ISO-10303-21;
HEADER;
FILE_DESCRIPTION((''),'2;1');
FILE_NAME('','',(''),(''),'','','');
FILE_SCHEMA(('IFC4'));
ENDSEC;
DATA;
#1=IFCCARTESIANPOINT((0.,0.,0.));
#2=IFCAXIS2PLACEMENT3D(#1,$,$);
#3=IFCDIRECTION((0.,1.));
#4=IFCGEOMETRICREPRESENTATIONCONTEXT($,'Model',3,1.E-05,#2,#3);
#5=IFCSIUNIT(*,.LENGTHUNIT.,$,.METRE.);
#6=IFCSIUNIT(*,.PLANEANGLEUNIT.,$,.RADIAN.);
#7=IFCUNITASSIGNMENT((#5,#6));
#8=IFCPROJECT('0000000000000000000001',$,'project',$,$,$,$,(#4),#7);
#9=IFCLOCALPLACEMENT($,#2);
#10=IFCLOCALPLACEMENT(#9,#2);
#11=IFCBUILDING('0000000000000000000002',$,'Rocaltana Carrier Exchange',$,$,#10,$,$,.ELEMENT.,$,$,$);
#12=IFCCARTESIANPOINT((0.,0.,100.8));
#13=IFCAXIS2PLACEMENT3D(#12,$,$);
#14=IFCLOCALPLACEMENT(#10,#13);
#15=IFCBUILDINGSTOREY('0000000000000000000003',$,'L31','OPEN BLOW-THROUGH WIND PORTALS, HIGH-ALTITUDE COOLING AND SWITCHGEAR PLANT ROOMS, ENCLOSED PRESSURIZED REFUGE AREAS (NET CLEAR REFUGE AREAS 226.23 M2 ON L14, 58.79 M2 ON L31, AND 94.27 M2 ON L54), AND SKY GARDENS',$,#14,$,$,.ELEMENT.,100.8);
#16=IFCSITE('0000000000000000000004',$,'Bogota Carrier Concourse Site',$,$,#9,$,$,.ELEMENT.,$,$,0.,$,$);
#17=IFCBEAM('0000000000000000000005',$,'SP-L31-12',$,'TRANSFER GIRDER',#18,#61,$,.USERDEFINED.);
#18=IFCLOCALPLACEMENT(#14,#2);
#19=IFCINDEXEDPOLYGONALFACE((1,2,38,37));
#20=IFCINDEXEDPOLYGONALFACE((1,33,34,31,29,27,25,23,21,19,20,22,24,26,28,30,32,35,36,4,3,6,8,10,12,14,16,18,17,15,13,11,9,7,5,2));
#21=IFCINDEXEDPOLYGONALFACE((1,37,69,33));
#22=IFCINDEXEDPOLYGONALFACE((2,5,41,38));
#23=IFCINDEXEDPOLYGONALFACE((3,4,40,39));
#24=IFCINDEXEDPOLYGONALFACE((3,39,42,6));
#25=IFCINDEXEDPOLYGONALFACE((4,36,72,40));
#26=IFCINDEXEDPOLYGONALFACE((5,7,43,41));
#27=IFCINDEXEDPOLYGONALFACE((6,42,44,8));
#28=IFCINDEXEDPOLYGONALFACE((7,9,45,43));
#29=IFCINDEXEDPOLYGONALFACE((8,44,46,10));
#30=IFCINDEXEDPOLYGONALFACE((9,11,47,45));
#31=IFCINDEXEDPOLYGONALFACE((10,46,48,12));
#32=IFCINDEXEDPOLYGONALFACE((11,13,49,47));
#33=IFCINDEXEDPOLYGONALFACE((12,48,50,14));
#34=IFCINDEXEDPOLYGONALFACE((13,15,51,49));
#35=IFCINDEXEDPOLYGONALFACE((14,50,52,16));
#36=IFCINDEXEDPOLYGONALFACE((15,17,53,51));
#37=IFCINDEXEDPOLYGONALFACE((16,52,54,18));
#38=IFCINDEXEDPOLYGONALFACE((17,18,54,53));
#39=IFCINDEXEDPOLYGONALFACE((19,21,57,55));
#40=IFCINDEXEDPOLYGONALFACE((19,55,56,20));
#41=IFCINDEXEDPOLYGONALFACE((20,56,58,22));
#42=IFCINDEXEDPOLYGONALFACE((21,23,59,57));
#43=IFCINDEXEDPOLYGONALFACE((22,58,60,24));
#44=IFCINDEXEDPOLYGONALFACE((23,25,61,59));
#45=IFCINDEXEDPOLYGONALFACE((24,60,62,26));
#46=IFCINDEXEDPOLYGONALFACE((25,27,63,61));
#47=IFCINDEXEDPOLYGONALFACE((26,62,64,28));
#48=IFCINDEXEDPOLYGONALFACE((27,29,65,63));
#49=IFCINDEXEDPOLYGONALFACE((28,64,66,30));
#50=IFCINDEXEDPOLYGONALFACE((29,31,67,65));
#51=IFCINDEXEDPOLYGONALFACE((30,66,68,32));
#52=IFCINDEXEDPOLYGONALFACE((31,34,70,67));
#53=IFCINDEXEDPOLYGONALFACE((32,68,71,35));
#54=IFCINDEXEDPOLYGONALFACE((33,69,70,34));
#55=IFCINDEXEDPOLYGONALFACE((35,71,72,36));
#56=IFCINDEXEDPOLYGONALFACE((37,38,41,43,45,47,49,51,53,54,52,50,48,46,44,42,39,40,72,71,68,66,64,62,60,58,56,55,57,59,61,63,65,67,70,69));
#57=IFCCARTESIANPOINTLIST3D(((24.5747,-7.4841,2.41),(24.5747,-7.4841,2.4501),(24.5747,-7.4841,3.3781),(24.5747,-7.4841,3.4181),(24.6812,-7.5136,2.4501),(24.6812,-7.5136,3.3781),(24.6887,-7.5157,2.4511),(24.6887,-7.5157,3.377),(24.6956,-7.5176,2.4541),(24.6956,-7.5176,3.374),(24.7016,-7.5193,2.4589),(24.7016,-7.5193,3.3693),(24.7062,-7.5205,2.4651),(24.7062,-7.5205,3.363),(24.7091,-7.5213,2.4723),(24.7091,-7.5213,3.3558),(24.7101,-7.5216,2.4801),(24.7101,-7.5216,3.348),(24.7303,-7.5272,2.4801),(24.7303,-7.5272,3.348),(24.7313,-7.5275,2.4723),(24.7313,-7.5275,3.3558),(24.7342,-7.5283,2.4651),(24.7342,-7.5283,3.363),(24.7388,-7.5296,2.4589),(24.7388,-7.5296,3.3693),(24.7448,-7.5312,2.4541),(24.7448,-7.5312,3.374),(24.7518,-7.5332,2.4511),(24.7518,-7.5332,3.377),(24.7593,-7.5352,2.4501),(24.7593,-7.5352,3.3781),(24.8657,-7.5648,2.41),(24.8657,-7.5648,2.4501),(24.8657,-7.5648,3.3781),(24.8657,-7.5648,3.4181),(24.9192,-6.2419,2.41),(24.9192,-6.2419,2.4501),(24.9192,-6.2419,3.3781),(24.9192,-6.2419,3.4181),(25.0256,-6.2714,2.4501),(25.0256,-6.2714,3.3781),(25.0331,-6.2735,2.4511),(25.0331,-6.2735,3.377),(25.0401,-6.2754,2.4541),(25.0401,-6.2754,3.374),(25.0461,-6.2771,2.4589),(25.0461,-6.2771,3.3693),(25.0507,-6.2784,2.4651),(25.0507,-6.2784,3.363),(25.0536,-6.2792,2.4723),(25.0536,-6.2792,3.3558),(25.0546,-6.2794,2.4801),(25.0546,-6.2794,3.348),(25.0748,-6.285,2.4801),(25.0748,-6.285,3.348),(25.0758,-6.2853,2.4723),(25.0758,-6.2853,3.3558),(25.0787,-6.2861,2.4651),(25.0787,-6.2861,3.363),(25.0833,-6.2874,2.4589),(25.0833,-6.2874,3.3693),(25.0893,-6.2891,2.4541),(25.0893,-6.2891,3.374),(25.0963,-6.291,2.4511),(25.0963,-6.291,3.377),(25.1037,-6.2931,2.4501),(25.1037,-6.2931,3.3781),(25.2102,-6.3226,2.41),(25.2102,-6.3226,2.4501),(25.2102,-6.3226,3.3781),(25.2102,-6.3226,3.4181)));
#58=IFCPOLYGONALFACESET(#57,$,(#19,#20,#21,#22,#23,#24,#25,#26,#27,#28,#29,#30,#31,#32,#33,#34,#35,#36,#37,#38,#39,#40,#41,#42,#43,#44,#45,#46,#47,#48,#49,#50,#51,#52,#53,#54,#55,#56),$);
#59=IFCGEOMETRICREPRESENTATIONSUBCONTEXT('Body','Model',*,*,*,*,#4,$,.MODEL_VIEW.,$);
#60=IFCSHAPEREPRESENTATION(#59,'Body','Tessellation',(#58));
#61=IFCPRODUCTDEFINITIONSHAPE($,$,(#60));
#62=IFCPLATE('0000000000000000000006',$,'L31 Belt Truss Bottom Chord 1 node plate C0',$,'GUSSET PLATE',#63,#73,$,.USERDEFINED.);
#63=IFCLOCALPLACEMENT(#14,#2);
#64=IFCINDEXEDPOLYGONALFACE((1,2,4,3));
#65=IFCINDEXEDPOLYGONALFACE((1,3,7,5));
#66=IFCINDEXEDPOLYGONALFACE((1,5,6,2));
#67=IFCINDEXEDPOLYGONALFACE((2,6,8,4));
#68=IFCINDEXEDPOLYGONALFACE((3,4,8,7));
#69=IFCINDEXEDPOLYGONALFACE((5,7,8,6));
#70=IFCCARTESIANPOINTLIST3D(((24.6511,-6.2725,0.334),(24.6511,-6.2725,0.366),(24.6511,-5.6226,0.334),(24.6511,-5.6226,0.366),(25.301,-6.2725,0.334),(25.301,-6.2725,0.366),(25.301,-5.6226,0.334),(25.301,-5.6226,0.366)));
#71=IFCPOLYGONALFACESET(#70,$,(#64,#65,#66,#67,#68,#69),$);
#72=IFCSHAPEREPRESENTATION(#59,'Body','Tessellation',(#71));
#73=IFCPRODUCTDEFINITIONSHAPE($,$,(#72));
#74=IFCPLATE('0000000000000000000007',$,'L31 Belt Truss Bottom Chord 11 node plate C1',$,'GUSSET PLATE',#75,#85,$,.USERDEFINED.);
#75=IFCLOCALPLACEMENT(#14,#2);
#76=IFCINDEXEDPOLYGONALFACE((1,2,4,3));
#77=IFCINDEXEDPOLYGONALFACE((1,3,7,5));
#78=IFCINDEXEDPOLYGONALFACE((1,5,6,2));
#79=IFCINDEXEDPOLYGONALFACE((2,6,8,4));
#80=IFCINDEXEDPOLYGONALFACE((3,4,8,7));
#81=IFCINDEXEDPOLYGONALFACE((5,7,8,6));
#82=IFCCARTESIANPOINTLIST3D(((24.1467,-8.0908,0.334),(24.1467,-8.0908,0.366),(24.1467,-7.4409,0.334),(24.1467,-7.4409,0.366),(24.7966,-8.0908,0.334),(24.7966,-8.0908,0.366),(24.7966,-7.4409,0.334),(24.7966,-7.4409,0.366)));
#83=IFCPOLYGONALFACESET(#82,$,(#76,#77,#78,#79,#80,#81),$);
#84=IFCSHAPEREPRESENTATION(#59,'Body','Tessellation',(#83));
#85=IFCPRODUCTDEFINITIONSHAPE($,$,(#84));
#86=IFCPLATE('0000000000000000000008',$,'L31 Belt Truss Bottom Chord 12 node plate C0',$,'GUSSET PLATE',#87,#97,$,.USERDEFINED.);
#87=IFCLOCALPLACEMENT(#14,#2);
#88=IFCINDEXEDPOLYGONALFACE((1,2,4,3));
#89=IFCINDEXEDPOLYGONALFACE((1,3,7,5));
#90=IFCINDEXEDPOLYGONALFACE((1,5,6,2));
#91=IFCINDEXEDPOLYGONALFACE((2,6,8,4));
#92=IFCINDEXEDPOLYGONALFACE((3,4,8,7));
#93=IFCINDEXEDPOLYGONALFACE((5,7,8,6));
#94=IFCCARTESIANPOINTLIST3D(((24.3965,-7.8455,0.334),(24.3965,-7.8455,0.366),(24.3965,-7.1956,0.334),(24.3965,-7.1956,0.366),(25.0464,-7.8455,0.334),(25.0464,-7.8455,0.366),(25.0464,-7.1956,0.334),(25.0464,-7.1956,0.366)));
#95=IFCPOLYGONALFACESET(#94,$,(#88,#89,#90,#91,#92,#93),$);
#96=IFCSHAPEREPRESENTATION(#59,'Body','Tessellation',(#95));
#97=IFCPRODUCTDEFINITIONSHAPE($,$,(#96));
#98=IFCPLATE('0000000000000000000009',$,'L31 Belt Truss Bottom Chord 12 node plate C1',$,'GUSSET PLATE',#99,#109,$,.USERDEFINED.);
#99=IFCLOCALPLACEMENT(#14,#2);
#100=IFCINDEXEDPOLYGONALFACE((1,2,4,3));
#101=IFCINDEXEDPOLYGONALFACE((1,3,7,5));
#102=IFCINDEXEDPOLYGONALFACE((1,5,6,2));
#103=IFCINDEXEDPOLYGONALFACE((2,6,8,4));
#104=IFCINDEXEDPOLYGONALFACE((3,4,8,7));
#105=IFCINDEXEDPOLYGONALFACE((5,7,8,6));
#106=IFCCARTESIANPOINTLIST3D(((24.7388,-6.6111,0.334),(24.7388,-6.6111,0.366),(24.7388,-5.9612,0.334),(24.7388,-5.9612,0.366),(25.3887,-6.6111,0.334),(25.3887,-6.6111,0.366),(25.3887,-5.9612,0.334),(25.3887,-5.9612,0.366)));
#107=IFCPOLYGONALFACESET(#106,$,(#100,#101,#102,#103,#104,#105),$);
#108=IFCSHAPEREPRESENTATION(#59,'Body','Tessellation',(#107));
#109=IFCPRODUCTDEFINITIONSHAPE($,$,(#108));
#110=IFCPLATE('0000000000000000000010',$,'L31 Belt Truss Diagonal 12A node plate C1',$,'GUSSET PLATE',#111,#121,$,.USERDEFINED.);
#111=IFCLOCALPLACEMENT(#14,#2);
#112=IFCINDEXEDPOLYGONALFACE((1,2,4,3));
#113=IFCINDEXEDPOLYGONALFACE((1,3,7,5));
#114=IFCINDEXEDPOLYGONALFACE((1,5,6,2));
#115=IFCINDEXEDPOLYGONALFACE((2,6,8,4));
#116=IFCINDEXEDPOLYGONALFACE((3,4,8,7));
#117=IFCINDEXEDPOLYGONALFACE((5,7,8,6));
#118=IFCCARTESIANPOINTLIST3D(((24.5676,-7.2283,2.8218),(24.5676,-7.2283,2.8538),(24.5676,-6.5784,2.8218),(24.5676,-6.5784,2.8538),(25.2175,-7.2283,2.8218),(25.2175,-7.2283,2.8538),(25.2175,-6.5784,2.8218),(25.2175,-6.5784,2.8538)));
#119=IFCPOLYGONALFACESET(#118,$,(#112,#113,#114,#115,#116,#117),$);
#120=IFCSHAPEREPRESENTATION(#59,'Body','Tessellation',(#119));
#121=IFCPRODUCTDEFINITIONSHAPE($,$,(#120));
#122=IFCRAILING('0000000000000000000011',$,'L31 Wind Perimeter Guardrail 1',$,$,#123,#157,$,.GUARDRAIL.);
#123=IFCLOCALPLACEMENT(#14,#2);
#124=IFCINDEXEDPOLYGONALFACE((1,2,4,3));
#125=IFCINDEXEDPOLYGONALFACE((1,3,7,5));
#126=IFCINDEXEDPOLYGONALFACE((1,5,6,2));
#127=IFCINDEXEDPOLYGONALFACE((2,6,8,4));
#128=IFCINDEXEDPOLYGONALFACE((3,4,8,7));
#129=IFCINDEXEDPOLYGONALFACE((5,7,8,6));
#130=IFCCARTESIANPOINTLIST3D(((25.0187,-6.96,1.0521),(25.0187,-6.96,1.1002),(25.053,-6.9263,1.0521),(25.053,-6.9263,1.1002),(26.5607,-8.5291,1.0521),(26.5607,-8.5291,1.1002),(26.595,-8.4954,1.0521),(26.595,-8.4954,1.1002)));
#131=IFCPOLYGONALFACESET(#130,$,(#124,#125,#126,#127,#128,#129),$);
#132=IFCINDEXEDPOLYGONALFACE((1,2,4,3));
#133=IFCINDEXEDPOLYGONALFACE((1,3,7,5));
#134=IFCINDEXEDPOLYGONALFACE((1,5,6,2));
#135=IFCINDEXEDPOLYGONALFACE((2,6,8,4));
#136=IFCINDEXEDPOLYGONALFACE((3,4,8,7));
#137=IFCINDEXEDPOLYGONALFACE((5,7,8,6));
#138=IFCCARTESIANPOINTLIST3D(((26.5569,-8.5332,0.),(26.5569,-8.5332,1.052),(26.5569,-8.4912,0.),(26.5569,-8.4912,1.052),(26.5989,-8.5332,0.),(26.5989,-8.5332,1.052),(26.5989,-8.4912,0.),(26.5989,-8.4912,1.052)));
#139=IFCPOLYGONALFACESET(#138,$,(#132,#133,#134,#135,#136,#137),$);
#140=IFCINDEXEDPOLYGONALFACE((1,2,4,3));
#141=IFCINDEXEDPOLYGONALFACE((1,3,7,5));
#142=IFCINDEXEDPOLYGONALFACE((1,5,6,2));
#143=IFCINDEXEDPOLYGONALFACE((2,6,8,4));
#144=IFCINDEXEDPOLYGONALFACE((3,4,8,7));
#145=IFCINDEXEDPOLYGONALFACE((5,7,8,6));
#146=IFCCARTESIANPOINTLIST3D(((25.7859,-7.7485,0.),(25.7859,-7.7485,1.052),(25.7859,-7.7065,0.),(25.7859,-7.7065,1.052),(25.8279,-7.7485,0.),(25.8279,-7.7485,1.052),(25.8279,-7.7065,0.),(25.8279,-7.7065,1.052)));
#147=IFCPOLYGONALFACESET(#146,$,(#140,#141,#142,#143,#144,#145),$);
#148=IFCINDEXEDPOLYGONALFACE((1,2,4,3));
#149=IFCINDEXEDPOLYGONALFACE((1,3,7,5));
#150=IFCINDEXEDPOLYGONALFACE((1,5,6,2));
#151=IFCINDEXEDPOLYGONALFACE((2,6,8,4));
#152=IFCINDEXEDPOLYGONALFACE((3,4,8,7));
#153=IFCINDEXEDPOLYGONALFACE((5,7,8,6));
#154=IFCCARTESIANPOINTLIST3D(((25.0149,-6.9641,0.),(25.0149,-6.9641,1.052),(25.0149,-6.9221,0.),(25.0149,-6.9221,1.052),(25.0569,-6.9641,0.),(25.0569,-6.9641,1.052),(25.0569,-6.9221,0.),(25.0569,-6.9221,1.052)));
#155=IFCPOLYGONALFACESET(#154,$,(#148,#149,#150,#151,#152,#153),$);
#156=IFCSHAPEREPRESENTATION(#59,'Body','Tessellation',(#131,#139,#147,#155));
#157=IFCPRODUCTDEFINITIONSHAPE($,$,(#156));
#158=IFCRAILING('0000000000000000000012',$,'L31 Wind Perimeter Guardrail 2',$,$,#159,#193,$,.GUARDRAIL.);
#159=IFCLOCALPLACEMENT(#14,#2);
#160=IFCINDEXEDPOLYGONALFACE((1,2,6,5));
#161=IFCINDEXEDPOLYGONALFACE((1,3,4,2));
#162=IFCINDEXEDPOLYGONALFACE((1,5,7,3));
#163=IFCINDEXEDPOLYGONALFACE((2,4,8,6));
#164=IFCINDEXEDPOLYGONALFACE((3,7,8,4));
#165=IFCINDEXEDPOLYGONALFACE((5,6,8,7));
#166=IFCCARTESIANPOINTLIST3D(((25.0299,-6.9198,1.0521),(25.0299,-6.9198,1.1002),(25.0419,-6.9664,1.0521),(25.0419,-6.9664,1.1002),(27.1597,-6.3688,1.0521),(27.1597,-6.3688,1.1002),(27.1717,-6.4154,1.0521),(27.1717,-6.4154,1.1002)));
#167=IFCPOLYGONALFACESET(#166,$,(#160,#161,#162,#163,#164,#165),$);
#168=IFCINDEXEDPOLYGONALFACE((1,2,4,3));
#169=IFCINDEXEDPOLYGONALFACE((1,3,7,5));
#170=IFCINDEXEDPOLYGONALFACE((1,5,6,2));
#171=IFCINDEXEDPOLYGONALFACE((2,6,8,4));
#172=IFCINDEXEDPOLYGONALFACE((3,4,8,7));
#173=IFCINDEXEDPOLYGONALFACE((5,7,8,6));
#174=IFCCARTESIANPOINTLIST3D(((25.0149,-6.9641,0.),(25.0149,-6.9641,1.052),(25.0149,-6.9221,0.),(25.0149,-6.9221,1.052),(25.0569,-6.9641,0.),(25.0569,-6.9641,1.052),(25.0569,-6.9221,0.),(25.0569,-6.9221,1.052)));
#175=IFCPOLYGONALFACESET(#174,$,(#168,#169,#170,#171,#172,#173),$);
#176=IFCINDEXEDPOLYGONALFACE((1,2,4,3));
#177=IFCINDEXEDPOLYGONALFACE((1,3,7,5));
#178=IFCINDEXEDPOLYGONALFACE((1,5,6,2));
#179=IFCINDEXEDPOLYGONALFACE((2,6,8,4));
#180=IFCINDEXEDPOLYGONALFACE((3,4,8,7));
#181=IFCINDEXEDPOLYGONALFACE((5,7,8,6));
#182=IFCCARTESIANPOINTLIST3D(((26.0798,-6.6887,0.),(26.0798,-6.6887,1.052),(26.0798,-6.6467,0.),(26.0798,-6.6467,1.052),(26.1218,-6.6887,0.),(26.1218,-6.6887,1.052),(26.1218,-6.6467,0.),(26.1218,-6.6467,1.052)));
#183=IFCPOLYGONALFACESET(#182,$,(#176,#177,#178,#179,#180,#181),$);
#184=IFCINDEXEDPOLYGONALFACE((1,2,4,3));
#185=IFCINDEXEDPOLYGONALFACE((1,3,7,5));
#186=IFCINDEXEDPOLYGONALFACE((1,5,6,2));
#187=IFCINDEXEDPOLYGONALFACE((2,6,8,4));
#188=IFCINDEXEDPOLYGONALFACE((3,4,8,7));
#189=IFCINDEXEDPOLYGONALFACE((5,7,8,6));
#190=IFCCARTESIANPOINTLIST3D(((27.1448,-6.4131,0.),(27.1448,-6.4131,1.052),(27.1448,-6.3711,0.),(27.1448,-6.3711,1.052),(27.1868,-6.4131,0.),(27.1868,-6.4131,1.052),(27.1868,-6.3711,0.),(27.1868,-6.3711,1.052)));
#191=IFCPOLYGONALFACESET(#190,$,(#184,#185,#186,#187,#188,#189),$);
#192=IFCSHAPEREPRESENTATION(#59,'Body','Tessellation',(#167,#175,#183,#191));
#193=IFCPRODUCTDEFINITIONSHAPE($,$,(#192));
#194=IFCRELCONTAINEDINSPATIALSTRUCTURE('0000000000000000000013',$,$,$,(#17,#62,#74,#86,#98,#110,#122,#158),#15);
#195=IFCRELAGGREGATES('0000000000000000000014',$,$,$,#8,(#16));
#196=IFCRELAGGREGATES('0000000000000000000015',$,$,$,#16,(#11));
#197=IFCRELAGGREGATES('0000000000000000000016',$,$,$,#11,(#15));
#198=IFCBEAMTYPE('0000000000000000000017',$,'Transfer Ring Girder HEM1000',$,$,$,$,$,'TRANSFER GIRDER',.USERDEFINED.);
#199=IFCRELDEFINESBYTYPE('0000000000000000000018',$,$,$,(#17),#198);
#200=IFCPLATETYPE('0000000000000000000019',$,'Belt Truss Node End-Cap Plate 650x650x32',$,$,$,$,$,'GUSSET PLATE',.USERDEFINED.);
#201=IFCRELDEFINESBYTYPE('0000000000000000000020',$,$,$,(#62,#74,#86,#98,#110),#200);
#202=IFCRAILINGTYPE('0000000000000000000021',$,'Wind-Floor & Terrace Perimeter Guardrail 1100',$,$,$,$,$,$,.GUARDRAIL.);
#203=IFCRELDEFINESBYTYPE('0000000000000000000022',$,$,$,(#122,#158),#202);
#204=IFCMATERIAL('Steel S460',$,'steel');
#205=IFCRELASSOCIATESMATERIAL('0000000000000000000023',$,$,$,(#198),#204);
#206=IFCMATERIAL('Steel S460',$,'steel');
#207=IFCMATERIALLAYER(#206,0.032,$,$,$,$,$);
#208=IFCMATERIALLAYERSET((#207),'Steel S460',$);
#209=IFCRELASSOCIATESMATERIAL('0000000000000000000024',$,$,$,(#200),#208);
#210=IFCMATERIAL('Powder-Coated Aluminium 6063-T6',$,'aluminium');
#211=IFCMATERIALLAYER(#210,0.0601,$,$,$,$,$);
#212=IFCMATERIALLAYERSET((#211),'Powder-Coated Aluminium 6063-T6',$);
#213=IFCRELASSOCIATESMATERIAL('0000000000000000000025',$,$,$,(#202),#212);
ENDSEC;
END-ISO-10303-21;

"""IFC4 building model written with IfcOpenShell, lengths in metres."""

from ifc_helpers import new_model, si_unit, direction, frame, origin, origin_2d, place, context, subcontext, project, spatial, rectangle, i_section, extrude, material, layer, layer_set, material_profile, profile_set, type_object, element, save


model = new_model("IFC4")

# Units and contexts
model_context = context("Model", 3, precision=1e-05, world=origin(), true_north=direction((0.0, 1.0)))
body_context = subcontext(model_context, "Body", "Model", "MODEL_VIEW")
ifc_project = project(units=[si_unit("LENGTHUNIT", "METRE"), si_unit("PLANEANGLEUNIT", "RADIAN")], contexts=[model_context])

# Site, building, storey
site_placement = place(None, origin())
site = spatial("IfcSite", under=ifc_project, at=site_placement, Name="Bogota Carrier Concourse Site", CompositionType="ELEMENT", RefElevation=0.0)
building_placement = place(site_placement, origin())
building = spatial("IfcBuilding", under=site, at=building_placement, Name="Rocaltana Carrier Exchange", CompositionType="ELEMENT")
storey_placement = place(building_placement, frame((0.0, 0.0, 100.8)))
storey = spatial("IfcBuildingStorey", under=building, at=storey_placement, Name="L31", Description="OPEN BLOW-THROUGH WIND PORTALS, HIGH-ALTITUDE COOLING AND SWITCHGEAR PLANT ROOMS, ENCLOSED PRESSURIZED REFUGE AREAS (NET CLEAR REFUGE AREAS 226.23 M2 ON L14, 58.79 M2 ON L31, AND 94.27 M2 ON L54), AND SKY GARDENS", CompositionType="ELEMENT", Elevation=100.8)

# Beam
ifc_material_1 = material(Name="Steel S460", Category="steel")
ifc_material_profile_1 = material_profile(ifc_material_1, i_section(OverallWidth=0.302, OverallDepth=1.0081, WebThickness=0.021, FlangeThickness=0.04, FilletRadius=0.03, at=origin_2d()), Name="HEM1000")
ifc_profile_set_1 = profile_set([ifc_material_profile_1], Name="Steel S460")
beam_type_1 = type_object("IfcBeamType", Name="Transfer Ring Girder HEM1000", ElementType="TRANSFER GIRDER", PredefinedType="USERDEFINED", material=ifc_profile_set_1)
beam_1_placement = place(storey_placement, frame((24.7202, -7.5244, 2.9141), z_axis=(0.267234, 0.963632, 0.0), x_axis=(-0.963632, 0.267234, 0.0)))
element("IfcBeam", 1, at=beam_1_placement, inside=storey, type_object=beam_type_1, Name="SP-L31-12", ObjectType="TRANSFER GIRDER", PredefinedType="USERDEFINED", context=body_context, shape_type="SweptSolid", body=[
    extrude(i_section(OverallWidth=0.302, OverallDepth=1.0081, WebThickness=0.021, FlangeThickness=0.04, FilletRadius=0.03, at=origin_2d()), origin(), (0.0, 0.0, 1.0), 1.2891),
])

# Plates
ifc_material_2 = material(Name="Steel S460", Category="steel")
ifc_layer_1 = layer(ifc_material_2, 0.032)
ifc_layer_set_1 = layer_set([ifc_layer_1], Name="Steel S460")
plate_type = type_object("IfcPlateType", Name="Belt Truss Node End-Cap Plate 650x650x32", ElementType="GUSSET PLATE", PredefinedType="USERDEFINED", material=ifc_layer_set_1)
for number, where, z_axis, x_axis, name in (
    (2, (24.9761, -5.9475, 0.334), (0.0, 0.0, 1.0), (1.0, 0.0, 0.0), "L31 Belt Truss Bottom Chord 1 node plate C0"),
    (3, (24.4717, -7.7659, 0.334), (0.0, 0.0, 1.0), (1.0, 0.0, 0.0), "L31 Belt Truss Bottom Chord 11 node plate C1"),
    (4, (24.7214, -7.5205, 0.334), (0.0, 0.0, 1.0), (1.0, 0.0, 0.0), "L31 Belt Truss Bottom Chord 12 node plate C0"),
    (5, (25.0637, -6.2861, 0.334), (0.0, 0.0, 1.0), (1.0, 0.0, 0.0), "L31 Belt Truss Bottom Chord 12 node plate C1"),
    (6, (24.8926, -6.9033, 2.8218), (0.0, 0.0, 1.0), (1.0, 0.0, 0.0), "L31 Belt Truss Diagonal 12A node plate C1"),
):
    element("IfcPlate", number, at=place(storey_placement, frame(where, z_axis=z_axis, x_axis=x_axis)), inside=storey, type_object=plate_type, Name=name, ObjectType="GUSSET PLATE", PredefinedType="USERDEFINED", context=body_context, shape_type="SweptSolid", body=[
        extrude(rectangle(XDim=0.6499, YDim=0.6499, at=origin_2d()), origin(), (0.0, 0.0, 1.0), 0.032),
    ])

# Railings
ifc_material_3 = material(Name="Powder-Coated Aluminium 6063-T6", Category="aluminium")
ifc_layer_2 = layer(ifc_material_3, 0.0601)
ifc_layer_set_2 = layer_set([ifc_layer_2], Name="Powder-Coated Aluminium 6063-T6")
railing_type = type_object("IfcRailingType", Name="Wind-Floor & Terrace Perimeter Guardrail 1100", PredefinedType="GUARDRAIL", material=ifc_layer_set_2)
railing_1_placement = place(storey_placement, frame((26.5779, -8.5122, 0.0)))
element("IfcRailing", 7, at=railing_1_placement, inside=storey, type_object=railing_type, Name="L31 Wind Perimeter Guardrail 1", PredefinedType="GUARDRAIL", context=body_context, shape_type="SweptSolid", body=[
    extrude(rectangle(XDim=0.0481, YDim=0.0481, at=origin_2d()), frame((0.0, 0.0, 1.0762), z_axis=(-0.700921, 0.713239, 0.0), x_axis=(-0.713239, -0.700921, 0.0)), (0.0, 0.0, 1.0), 2.2),
    extrude(rectangle(XDim=0.042, YDim=0.042, at=origin_2d()), origin(), (0.0, 0.0, 1.0), 1.052),
    extrude(rectangle(XDim=0.042, YDim=0.042, at=origin_2d()), frame((-0.771, 0.7847, 0.0)), (0.0, 0.0, 1.0), 1.052),
    extrude(rectangle(XDim=0.042, YDim=0.042, at=origin_2d()), frame((-1.542, 1.5691, 0.0)), (0.0, 0.0, 1.0), 1.052),
])
railing_2_placement = place(storey_placement, frame((25.0359, -6.9431, 0.0)))
element("IfcRailing", 8, at=railing_2_placement, inside=storey, type_object=railing_type, Name="L31 Wind Perimeter Guardrail 2", PredefinedType="GUARDRAIL", context=body_context, shape_type="SweptSolid", body=[
    extrude(rectangle(XDim=0.0481, YDim=0.0481, at=origin_2d()), frame((0.0, 0.0, 1.0762), z_axis=(0.968126, 0.250465, 0.0), x_axis=(-0.250465, 0.968126, 0.0)), (0.0, 0.0, 1.0), 2.2),
    extrude(rectangle(XDim=0.042, YDim=0.042, at=origin_2d()), origin(), (0.0, 0.0, 1.0), 1.052),
    extrude(rectangle(XDim=0.042, YDim=0.042, at=origin_2d()), frame((1.0649, 0.2754, 0.0)), (0.0, 0.0, 1.0), 1.052),
    extrude(rectangle(XDim=0.042, YDim=0.042, at=origin_2d()), frame((2.1299, 0.551, 0.0)), (0.0, 0.0, 1.0), 1.052),
])

save(model, "model.ifc")
